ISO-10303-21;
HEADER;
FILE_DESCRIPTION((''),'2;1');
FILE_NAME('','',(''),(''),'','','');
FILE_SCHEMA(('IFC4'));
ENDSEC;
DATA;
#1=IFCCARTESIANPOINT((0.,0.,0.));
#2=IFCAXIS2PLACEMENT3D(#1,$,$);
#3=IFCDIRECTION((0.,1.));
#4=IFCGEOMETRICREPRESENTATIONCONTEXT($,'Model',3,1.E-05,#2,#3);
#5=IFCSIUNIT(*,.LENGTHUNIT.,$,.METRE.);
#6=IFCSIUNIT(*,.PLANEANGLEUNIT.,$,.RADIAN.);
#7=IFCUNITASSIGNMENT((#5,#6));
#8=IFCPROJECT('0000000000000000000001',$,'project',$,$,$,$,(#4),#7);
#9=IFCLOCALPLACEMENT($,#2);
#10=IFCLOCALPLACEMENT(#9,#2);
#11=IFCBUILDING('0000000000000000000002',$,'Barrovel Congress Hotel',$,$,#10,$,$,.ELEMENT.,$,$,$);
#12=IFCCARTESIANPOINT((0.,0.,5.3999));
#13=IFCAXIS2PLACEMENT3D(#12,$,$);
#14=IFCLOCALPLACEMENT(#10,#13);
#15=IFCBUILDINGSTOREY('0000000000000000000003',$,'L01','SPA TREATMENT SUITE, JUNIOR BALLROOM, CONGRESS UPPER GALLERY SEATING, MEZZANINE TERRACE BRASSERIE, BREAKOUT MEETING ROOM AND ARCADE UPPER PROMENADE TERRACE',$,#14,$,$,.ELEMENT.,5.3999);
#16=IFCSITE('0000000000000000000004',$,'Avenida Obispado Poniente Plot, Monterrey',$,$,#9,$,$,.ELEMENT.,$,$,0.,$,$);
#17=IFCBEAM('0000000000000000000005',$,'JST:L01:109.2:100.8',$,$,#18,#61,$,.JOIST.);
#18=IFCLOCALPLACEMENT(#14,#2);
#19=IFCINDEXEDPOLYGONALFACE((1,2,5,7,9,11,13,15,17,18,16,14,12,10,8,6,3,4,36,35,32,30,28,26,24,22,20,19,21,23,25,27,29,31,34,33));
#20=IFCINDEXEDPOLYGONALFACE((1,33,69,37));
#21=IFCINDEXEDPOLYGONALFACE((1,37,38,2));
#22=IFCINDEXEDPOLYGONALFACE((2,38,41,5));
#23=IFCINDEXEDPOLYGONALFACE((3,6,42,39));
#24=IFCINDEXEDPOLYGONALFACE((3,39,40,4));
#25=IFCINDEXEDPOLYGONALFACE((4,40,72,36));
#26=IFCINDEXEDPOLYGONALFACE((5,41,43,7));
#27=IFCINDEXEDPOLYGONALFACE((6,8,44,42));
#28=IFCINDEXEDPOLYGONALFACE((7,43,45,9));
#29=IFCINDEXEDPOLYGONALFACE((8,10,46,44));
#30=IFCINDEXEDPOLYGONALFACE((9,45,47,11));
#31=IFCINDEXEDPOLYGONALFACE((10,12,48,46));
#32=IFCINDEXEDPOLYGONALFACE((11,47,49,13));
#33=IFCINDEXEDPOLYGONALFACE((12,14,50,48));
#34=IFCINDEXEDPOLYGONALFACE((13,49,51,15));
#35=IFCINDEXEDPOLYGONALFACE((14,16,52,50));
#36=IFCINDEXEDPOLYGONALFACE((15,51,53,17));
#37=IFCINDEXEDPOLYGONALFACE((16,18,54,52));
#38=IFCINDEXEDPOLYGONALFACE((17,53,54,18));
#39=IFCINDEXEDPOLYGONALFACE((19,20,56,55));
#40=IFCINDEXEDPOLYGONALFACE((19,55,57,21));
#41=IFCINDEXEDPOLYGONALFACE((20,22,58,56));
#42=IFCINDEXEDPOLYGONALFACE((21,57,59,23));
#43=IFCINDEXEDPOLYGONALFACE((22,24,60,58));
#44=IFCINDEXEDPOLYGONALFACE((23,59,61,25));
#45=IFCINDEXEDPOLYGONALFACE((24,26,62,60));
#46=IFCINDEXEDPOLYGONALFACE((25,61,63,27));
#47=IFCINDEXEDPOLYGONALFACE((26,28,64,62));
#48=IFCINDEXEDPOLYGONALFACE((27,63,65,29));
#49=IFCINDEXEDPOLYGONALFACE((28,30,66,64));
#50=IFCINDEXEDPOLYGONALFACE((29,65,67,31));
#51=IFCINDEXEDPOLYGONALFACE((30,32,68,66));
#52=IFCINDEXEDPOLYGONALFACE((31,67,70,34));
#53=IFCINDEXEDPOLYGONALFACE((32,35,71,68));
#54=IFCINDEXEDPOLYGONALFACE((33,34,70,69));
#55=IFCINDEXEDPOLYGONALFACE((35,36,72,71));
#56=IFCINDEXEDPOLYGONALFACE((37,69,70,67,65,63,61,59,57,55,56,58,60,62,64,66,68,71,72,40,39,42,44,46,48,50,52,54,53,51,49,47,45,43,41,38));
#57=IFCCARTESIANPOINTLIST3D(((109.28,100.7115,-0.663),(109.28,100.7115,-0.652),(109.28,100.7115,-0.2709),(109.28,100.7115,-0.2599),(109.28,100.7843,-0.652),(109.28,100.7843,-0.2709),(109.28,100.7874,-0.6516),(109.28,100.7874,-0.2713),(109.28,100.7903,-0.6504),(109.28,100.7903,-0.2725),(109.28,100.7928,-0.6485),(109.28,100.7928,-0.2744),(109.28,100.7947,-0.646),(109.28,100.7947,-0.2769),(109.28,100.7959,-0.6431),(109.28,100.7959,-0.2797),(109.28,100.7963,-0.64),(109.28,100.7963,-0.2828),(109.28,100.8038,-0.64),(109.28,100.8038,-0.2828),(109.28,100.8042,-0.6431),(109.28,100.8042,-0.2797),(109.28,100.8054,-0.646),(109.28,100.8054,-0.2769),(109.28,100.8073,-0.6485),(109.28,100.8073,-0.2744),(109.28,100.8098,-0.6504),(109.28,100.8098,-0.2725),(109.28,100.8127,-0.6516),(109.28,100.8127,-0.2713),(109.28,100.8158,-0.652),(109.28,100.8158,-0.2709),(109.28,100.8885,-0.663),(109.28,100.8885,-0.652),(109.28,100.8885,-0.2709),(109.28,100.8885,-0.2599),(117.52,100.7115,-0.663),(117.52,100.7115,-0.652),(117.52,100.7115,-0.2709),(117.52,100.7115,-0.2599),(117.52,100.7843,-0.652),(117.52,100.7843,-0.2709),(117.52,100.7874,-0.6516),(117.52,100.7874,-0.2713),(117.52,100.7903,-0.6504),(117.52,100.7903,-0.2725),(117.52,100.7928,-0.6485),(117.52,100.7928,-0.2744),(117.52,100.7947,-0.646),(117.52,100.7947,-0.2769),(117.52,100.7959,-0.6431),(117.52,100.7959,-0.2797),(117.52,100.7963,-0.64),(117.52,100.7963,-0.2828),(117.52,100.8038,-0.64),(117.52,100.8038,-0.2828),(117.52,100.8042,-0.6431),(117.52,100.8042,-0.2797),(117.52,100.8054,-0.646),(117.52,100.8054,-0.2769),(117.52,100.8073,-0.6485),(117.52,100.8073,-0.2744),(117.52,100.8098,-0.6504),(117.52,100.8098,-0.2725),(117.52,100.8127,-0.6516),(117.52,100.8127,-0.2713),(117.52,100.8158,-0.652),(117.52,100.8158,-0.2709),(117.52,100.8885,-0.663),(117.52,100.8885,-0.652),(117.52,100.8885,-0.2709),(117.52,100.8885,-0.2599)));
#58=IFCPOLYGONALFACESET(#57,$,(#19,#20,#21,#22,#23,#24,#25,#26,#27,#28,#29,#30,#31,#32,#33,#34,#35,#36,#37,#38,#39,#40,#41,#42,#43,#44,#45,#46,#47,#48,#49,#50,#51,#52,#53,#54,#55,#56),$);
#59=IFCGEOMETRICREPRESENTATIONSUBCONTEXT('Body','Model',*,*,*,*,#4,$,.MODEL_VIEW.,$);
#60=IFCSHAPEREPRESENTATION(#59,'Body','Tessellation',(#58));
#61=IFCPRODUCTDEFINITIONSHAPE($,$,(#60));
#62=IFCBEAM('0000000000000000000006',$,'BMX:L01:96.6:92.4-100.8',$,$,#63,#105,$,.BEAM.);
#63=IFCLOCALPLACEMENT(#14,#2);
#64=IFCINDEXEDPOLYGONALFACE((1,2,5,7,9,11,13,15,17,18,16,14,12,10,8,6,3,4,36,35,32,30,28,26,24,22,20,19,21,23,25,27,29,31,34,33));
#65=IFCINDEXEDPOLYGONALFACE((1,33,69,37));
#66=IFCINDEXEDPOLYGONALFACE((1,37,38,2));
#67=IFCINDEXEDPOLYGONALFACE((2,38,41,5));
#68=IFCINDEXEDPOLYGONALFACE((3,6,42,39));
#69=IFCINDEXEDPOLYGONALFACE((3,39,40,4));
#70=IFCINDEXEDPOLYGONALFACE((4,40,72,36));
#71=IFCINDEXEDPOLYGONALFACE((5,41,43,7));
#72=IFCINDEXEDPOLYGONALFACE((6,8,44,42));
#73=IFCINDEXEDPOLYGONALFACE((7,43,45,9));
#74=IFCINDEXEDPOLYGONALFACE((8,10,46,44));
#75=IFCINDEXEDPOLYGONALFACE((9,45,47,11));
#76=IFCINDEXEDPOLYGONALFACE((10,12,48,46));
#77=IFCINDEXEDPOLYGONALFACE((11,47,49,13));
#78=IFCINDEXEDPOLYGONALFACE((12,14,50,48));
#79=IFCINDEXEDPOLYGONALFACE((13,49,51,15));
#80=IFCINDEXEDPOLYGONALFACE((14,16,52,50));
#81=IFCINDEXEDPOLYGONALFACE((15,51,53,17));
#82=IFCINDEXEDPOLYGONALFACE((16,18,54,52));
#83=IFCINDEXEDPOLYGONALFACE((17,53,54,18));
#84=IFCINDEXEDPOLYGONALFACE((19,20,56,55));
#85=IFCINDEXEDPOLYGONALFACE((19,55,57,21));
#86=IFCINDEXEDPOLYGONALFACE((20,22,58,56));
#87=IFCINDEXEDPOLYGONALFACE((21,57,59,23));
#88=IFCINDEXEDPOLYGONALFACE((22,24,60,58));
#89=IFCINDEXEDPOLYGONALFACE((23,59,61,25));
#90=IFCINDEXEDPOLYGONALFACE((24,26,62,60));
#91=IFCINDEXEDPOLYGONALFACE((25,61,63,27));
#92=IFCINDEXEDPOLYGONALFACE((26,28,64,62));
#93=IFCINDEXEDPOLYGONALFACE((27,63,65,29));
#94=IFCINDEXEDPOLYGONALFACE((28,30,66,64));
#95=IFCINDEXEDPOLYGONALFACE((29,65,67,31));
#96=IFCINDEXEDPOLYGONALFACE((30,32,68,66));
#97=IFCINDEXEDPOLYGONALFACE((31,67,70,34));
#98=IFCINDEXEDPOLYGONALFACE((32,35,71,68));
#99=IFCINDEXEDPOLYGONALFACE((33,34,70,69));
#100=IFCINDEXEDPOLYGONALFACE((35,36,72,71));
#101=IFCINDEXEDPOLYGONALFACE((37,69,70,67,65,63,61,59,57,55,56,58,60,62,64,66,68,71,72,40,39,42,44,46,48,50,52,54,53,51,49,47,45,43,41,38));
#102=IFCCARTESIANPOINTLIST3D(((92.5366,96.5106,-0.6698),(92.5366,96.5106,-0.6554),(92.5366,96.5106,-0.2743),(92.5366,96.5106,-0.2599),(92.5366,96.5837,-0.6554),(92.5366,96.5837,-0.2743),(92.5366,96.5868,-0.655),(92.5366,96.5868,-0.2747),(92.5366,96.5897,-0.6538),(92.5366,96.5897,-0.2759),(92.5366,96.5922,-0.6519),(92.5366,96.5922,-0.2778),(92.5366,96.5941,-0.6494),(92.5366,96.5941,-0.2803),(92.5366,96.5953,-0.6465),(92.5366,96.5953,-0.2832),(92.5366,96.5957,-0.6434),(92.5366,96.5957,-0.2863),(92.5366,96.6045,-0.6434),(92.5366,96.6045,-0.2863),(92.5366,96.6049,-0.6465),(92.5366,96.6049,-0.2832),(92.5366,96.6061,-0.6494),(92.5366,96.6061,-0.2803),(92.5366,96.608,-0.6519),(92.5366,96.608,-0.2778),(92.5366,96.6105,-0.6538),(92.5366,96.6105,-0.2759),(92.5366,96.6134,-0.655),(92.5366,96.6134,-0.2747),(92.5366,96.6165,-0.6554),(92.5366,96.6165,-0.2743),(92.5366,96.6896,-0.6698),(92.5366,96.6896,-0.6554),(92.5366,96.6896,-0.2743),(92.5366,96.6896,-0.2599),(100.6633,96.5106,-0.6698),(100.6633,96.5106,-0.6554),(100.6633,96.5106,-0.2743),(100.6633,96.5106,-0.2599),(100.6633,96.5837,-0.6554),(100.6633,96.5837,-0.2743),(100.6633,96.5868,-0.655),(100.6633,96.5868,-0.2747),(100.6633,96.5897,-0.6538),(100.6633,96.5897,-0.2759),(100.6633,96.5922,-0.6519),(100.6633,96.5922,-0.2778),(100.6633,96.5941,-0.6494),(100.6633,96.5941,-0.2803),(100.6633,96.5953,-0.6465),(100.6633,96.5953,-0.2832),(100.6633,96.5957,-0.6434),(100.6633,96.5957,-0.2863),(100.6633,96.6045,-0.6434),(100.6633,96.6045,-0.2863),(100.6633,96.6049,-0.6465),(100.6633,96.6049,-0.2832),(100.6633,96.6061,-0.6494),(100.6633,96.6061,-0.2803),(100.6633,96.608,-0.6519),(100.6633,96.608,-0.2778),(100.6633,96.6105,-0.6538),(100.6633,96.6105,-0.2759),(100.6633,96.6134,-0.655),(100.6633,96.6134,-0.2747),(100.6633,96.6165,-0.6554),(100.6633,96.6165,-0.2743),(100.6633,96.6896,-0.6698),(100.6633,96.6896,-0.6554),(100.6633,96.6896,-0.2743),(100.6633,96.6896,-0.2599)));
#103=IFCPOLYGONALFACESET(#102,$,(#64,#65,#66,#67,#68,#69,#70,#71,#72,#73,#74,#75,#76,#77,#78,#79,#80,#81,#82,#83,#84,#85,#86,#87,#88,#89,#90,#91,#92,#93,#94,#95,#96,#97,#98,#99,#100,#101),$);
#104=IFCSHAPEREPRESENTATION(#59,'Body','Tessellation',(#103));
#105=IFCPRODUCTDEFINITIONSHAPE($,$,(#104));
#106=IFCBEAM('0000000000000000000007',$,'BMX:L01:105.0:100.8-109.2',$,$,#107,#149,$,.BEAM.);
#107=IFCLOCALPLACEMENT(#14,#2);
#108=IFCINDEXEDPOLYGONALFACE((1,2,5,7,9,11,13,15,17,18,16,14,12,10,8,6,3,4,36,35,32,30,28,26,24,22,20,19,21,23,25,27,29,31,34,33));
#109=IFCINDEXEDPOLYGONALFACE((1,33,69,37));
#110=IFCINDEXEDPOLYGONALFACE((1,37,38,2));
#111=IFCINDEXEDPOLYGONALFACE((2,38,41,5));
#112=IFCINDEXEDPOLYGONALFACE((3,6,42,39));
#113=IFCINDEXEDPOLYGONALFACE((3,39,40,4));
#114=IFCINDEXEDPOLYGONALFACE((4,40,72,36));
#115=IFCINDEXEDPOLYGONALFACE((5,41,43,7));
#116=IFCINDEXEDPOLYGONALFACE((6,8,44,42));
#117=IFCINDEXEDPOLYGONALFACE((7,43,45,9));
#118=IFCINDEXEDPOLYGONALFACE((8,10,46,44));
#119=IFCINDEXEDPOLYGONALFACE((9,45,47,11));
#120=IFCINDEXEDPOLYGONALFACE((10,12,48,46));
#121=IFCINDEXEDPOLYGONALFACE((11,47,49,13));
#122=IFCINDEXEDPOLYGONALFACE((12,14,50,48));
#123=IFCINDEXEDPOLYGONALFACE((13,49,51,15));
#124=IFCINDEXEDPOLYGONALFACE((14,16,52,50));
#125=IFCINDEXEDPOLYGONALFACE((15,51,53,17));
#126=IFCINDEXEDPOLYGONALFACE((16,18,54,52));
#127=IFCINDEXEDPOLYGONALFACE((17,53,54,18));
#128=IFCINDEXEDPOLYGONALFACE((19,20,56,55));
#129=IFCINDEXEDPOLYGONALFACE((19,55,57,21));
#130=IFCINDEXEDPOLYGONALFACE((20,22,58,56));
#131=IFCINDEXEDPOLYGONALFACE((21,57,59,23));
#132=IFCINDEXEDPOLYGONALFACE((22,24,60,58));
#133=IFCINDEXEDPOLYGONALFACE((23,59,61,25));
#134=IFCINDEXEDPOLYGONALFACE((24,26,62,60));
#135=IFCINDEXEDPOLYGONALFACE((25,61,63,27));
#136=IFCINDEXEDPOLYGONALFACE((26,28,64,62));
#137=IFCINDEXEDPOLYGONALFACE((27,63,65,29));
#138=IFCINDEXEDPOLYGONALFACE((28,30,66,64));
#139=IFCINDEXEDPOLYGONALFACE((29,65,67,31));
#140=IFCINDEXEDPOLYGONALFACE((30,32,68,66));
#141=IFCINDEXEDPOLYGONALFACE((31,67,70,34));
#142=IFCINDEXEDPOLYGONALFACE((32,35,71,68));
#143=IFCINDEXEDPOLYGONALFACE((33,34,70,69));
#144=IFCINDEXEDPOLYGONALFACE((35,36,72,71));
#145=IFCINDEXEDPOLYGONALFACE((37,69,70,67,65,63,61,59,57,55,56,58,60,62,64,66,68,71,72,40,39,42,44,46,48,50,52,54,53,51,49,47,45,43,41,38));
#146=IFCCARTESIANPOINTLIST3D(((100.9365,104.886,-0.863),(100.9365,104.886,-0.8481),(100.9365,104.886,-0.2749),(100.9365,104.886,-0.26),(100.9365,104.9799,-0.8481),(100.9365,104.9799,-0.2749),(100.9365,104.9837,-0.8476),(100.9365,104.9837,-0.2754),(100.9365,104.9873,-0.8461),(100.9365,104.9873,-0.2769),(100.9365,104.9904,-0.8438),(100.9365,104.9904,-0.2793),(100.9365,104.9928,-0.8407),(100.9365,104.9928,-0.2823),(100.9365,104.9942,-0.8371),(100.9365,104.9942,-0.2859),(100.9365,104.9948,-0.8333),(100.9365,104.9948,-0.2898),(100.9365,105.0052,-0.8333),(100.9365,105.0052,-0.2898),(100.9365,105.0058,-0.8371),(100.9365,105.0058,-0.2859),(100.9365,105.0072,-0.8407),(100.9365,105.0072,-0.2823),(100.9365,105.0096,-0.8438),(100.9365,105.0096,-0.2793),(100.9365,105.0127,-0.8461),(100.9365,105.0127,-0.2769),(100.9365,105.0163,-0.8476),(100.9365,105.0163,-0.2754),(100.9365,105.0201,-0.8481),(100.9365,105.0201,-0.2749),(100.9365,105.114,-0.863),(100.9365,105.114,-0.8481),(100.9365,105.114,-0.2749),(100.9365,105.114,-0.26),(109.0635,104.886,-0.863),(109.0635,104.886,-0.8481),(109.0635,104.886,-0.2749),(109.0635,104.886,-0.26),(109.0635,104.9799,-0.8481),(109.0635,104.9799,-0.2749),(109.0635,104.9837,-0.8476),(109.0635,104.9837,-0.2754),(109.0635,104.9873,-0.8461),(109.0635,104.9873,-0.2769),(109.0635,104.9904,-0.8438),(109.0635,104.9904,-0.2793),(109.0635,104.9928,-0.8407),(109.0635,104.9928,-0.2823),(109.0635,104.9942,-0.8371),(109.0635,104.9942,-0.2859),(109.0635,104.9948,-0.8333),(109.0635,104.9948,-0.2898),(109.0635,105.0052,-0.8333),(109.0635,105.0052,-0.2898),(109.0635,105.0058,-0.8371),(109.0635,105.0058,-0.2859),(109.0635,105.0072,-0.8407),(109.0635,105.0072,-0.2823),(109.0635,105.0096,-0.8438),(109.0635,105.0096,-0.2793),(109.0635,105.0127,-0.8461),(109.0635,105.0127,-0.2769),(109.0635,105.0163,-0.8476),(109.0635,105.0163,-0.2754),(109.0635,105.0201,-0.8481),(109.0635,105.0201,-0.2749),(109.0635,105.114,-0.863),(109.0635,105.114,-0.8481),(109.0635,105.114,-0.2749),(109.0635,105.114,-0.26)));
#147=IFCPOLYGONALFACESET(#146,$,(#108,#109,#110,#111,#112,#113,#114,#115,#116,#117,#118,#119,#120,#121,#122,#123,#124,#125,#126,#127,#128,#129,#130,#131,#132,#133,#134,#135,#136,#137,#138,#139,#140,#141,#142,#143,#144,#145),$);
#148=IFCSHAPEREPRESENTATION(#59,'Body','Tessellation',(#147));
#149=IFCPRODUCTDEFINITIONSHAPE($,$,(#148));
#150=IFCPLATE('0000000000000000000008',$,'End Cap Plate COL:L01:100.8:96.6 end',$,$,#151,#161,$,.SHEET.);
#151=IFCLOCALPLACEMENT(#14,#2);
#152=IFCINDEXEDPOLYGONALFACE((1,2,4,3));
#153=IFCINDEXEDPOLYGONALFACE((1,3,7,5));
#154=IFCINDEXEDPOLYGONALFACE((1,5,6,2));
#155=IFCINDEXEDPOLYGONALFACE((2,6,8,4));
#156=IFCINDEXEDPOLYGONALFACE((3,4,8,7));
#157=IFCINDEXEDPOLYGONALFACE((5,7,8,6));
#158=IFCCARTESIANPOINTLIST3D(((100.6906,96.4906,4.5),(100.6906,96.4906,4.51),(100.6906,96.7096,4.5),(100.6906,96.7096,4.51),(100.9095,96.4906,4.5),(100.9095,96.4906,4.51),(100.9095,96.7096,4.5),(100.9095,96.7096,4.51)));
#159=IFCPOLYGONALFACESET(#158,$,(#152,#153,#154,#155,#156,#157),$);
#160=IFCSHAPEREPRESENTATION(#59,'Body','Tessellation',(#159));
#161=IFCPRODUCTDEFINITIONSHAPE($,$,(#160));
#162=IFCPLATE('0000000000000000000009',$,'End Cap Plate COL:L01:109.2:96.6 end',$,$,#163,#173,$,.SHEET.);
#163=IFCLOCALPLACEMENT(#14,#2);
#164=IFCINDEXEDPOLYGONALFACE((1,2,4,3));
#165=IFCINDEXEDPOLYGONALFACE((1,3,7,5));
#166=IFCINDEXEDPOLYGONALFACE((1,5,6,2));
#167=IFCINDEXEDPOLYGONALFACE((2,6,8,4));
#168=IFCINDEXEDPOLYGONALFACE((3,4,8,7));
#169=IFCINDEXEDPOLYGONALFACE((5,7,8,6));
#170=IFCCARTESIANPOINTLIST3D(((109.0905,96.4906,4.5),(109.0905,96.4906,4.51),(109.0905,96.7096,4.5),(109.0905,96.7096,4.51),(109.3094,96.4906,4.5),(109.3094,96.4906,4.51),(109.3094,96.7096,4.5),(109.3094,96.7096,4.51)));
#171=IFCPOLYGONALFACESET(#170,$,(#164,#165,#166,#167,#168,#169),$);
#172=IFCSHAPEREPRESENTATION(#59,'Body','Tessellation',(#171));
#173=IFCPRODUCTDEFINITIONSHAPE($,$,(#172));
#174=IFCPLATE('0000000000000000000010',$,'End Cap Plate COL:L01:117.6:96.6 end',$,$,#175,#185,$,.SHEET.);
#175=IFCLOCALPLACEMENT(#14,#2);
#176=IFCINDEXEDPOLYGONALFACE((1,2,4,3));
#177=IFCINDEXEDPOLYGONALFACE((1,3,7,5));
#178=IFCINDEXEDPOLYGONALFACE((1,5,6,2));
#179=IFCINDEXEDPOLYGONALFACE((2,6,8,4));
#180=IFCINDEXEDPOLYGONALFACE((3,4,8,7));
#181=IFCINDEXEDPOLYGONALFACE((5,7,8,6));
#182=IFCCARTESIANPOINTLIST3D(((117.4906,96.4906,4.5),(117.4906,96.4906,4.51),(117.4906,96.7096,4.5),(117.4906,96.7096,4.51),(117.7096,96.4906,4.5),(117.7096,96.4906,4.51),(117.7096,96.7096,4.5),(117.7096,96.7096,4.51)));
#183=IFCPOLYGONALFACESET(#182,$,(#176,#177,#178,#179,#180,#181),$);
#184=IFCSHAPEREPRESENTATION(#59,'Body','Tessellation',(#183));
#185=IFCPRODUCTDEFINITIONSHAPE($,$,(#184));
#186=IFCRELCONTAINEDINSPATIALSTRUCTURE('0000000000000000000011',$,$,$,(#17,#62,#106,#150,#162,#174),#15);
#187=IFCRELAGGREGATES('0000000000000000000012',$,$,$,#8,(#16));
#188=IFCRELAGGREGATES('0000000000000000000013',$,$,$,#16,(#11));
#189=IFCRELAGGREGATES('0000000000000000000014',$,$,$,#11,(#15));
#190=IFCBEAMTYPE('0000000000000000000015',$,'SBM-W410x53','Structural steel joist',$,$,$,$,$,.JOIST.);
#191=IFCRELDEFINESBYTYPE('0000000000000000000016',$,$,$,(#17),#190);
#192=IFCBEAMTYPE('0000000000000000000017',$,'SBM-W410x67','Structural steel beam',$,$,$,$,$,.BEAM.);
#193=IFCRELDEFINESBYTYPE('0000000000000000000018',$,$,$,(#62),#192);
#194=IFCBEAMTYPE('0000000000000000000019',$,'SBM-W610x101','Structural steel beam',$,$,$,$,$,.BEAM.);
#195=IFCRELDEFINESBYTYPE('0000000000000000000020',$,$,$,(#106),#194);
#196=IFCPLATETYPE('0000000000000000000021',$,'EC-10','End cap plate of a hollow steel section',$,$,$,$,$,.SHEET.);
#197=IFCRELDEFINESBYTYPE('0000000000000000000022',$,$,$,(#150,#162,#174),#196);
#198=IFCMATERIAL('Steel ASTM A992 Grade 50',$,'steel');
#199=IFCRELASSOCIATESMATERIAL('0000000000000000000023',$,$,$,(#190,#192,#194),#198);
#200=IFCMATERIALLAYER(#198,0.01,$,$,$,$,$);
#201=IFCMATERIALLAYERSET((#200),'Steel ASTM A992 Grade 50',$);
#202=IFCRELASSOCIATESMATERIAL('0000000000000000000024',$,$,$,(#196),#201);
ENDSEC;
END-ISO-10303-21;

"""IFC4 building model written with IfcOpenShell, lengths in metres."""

from ifc_helpers import new_model, si_unit, direction, frame, origin, origin_2d, place, context, subcontext, project, spatial, rectangle, i_section, extrude, material, layer, layer_set, material_profile, profile_set, type_object, element, save


model = new_model("IFC4")

# Units and contexts
model_context = context("Model", 3, precision=1e-05, world=origin(), true_north=direction((0.0, 1.0)))
body_context = subcontext(model_context, "Body", "Model", "MODEL_VIEW")
ifc_project = project(units=[si_unit("LENGTHUNIT", "METRE"), si_unit("PLANEANGLEUNIT", "RADIAN")], contexts=[model_context])

# Site, building, storey
site_placement = place(None, origin())
site = spatial("IfcSite", under=ifc_project, at=site_placement, Name="Avenida Obispado Poniente Plot, Monterrey", CompositionType="ELEMENT", RefElevation=0.0)
building_placement = place(site_placement, origin())
building = spatial("IfcBuilding", under=site, at=building_placement, Name="Barrovel Congress Hotel", CompositionType="ELEMENT")
storey_placement = place(building_placement, frame((0.0, 0.0, 5.3999)))
storey = spatial("IfcBuildingStorey", under=building, at=storey_placement, Name="L01", Description="SPA TREATMENT SUITE, JUNIOR BALLROOM, CONGRESS UPPER GALLERY SEATING, MEZZANINE TERRACE BRASSERIE, BREAKOUT MEETING ROOM AND ARCADE UPPER PROMENADE TERRACE", CompositionType="ELEMENT", Elevation=5.3999)

# Beams
ifc_material_1 = material(Name="Steel ASTM A992 Grade 50", Category="steel")
ifc_material_profile_1 = material_profile(ifc_material_1, i_section(OverallWidth=0.177, OverallDepth=0.4031, WebThickness=0.0076, FlangeThickness=0.011, FilletRadius=0.012, at=origin_2d()), Name="W410x53")
ifc_profile_set_1 = profile_set([ifc_material_profile_1], Name="Steel ASTM A992 Grade 50")
beam_type_1 = type_object("IfcBeamType", Name="SBM-W410x53", Description="Structural steel joist", PredefinedType="JOIST", material=ifc_profile_set_1)
beam_1_placement = place(storey_placement, frame((109.28, 100.8, -0.4614), z_axis=(1.0, 0.0, 0.0), x_axis=(0.0, 1.0, 0.0)))
element("IfcBeam", 1, at=beam_1_placement, inside=storey, type_object=beam_type_1, Name="JST:L01:109.2:100.8", PredefinedType="JOIST", context=body_context, shape_type="SweptSolid", body=[
    extrude(i_section(OverallWidth=0.177, OverallDepth=0.4031, WebThickness=0.0076, FlangeThickness=0.011, FilletRadius=0.012, at=origin_2d()), origin(), (0.0, 0.0, 1.0), 8.24),
])
ifc_material_profile_2 = material_profile(ifc_material_1, i_section(OverallWidth=0.179, OverallDepth=0.4099, WebThickness=0.0088, FlangeThickness=0.0144, FilletRadius=0.012, at=origin_2d()), Name="W410x67")
ifc_profile_set_2 = profile_set([ifc_material_profile_2], Name="Steel ASTM A992 Grade 50")
beam_type_2 = type_object("IfcBeamType", Name="SBM-W410x67", Description="Structural steel beam", PredefinedType="BEAM", material=ifc_profile_set_2)
beam_2_placement = place(storey_placement, frame((92.5366, 96.6001, -0.4648), z_axis=(1.0, 0.0, 0.0), x_axis=(0.0, 1.0, 0.0)))
element("IfcBeam", 2, at=beam_2_placement, inside=storey, type_object=beam_type_2, Name="BMX:L01:96.6:92.4-100.8", PredefinedType="BEAM", context=body_context, shape_type="SweptSolid", body=[
    extrude(i_section(OverallWidth=0.179, OverallDepth=0.4099, WebThickness=0.0088, FlangeThickness=0.0144, FilletRadius=0.012, at=origin_2d()), origin(), (0.0, 0.0, 1.0), 8.1267),
])
ifc_material_profile_3 = material_profile(ifc_material_1, i_section(OverallWidth=0.228, OverallDepth=0.603, WebThickness=0.0105, FlangeThickness=0.0149, FilletRadius=0.0149, at=origin_2d()), Name="W610x101")
ifc_profile_set_3 = profile_set([ifc_material_profile_3], Name="Steel ASTM A992 Grade 50")
beam_type_3 = type_object("IfcBeamType", Name="SBM-W610x101", Description="Structural steel beam", PredefinedType="BEAM", material=ifc_profile_set_3)
beam_3_placement = place(storey_placement, frame((100.9365, 105.0, -0.5615), z_axis=(1.0, 0.0, 0.0), x_axis=(0.0, 1.0, 0.0)))
element("IfcBeam", 3, at=beam_3_placement, inside=storey, type_object=beam_type_3, Name="BMX:L01:105.0:100.8-109.2", PredefinedType="BEAM", context=body_context, shape_type="SweptSolid", body=[
    extrude(i_section(OverallWidth=0.228, OverallDepth=0.603, WebThickness=0.0105, FlangeThickness=0.0149, FilletRadius=0.0149, at=origin_2d()), origin(), (0.0, 0.0, 1.0), 8.127),
])

# Plates
ifc_layer_1 = layer(ifc_material_1, 0.01)
ifc_layer_set_1 = layer_set([ifc_layer_1], Name="Steel ASTM A992 Grade 50")
plate_type = type_object("IfcPlateType", Name="EC-10", Description="End cap plate of a hollow steel section", PredefinedType="SHEET", material=ifc_layer_set_1)
for number, where, z_axis, x_axis, name in (
    (4, (100.8, 96.6001, 4.5), (0.0, 0.0, 1.0), (1.0, 0.0, 0.0), "End Cap Plate COL:L01:100.8:96.6 end"),
    (5, (109.2, 96.6001, 4.5), (0.0, 0.0, 1.0), (1.0, 0.0, 0.0), "End Cap Plate COL:L01:109.2:96.6 end"),
    (6, (117.6001, 96.6001, 4.5), (0.0, 0.0, 1.0), (1.0, 0.0, 0.0), "End Cap Plate COL:L01:117.6:96.6 end"),
):
    element("IfcPlate", number, at=place(storey_placement, frame(where, z_axis=z_axis, x_axis=x_axis)), inside=storey, type_object=plate_type, Name=name, PredefinedType="SHEET", context=body_context, shape_type="SweptSolid", body=[
        extrude(rectangle(XDim=0.219, YDim=0.219, at=origin_2d()), origin(), (0.0, 0.0, 1.0), 0.01),
    ])

save(model, "model.ifc")
